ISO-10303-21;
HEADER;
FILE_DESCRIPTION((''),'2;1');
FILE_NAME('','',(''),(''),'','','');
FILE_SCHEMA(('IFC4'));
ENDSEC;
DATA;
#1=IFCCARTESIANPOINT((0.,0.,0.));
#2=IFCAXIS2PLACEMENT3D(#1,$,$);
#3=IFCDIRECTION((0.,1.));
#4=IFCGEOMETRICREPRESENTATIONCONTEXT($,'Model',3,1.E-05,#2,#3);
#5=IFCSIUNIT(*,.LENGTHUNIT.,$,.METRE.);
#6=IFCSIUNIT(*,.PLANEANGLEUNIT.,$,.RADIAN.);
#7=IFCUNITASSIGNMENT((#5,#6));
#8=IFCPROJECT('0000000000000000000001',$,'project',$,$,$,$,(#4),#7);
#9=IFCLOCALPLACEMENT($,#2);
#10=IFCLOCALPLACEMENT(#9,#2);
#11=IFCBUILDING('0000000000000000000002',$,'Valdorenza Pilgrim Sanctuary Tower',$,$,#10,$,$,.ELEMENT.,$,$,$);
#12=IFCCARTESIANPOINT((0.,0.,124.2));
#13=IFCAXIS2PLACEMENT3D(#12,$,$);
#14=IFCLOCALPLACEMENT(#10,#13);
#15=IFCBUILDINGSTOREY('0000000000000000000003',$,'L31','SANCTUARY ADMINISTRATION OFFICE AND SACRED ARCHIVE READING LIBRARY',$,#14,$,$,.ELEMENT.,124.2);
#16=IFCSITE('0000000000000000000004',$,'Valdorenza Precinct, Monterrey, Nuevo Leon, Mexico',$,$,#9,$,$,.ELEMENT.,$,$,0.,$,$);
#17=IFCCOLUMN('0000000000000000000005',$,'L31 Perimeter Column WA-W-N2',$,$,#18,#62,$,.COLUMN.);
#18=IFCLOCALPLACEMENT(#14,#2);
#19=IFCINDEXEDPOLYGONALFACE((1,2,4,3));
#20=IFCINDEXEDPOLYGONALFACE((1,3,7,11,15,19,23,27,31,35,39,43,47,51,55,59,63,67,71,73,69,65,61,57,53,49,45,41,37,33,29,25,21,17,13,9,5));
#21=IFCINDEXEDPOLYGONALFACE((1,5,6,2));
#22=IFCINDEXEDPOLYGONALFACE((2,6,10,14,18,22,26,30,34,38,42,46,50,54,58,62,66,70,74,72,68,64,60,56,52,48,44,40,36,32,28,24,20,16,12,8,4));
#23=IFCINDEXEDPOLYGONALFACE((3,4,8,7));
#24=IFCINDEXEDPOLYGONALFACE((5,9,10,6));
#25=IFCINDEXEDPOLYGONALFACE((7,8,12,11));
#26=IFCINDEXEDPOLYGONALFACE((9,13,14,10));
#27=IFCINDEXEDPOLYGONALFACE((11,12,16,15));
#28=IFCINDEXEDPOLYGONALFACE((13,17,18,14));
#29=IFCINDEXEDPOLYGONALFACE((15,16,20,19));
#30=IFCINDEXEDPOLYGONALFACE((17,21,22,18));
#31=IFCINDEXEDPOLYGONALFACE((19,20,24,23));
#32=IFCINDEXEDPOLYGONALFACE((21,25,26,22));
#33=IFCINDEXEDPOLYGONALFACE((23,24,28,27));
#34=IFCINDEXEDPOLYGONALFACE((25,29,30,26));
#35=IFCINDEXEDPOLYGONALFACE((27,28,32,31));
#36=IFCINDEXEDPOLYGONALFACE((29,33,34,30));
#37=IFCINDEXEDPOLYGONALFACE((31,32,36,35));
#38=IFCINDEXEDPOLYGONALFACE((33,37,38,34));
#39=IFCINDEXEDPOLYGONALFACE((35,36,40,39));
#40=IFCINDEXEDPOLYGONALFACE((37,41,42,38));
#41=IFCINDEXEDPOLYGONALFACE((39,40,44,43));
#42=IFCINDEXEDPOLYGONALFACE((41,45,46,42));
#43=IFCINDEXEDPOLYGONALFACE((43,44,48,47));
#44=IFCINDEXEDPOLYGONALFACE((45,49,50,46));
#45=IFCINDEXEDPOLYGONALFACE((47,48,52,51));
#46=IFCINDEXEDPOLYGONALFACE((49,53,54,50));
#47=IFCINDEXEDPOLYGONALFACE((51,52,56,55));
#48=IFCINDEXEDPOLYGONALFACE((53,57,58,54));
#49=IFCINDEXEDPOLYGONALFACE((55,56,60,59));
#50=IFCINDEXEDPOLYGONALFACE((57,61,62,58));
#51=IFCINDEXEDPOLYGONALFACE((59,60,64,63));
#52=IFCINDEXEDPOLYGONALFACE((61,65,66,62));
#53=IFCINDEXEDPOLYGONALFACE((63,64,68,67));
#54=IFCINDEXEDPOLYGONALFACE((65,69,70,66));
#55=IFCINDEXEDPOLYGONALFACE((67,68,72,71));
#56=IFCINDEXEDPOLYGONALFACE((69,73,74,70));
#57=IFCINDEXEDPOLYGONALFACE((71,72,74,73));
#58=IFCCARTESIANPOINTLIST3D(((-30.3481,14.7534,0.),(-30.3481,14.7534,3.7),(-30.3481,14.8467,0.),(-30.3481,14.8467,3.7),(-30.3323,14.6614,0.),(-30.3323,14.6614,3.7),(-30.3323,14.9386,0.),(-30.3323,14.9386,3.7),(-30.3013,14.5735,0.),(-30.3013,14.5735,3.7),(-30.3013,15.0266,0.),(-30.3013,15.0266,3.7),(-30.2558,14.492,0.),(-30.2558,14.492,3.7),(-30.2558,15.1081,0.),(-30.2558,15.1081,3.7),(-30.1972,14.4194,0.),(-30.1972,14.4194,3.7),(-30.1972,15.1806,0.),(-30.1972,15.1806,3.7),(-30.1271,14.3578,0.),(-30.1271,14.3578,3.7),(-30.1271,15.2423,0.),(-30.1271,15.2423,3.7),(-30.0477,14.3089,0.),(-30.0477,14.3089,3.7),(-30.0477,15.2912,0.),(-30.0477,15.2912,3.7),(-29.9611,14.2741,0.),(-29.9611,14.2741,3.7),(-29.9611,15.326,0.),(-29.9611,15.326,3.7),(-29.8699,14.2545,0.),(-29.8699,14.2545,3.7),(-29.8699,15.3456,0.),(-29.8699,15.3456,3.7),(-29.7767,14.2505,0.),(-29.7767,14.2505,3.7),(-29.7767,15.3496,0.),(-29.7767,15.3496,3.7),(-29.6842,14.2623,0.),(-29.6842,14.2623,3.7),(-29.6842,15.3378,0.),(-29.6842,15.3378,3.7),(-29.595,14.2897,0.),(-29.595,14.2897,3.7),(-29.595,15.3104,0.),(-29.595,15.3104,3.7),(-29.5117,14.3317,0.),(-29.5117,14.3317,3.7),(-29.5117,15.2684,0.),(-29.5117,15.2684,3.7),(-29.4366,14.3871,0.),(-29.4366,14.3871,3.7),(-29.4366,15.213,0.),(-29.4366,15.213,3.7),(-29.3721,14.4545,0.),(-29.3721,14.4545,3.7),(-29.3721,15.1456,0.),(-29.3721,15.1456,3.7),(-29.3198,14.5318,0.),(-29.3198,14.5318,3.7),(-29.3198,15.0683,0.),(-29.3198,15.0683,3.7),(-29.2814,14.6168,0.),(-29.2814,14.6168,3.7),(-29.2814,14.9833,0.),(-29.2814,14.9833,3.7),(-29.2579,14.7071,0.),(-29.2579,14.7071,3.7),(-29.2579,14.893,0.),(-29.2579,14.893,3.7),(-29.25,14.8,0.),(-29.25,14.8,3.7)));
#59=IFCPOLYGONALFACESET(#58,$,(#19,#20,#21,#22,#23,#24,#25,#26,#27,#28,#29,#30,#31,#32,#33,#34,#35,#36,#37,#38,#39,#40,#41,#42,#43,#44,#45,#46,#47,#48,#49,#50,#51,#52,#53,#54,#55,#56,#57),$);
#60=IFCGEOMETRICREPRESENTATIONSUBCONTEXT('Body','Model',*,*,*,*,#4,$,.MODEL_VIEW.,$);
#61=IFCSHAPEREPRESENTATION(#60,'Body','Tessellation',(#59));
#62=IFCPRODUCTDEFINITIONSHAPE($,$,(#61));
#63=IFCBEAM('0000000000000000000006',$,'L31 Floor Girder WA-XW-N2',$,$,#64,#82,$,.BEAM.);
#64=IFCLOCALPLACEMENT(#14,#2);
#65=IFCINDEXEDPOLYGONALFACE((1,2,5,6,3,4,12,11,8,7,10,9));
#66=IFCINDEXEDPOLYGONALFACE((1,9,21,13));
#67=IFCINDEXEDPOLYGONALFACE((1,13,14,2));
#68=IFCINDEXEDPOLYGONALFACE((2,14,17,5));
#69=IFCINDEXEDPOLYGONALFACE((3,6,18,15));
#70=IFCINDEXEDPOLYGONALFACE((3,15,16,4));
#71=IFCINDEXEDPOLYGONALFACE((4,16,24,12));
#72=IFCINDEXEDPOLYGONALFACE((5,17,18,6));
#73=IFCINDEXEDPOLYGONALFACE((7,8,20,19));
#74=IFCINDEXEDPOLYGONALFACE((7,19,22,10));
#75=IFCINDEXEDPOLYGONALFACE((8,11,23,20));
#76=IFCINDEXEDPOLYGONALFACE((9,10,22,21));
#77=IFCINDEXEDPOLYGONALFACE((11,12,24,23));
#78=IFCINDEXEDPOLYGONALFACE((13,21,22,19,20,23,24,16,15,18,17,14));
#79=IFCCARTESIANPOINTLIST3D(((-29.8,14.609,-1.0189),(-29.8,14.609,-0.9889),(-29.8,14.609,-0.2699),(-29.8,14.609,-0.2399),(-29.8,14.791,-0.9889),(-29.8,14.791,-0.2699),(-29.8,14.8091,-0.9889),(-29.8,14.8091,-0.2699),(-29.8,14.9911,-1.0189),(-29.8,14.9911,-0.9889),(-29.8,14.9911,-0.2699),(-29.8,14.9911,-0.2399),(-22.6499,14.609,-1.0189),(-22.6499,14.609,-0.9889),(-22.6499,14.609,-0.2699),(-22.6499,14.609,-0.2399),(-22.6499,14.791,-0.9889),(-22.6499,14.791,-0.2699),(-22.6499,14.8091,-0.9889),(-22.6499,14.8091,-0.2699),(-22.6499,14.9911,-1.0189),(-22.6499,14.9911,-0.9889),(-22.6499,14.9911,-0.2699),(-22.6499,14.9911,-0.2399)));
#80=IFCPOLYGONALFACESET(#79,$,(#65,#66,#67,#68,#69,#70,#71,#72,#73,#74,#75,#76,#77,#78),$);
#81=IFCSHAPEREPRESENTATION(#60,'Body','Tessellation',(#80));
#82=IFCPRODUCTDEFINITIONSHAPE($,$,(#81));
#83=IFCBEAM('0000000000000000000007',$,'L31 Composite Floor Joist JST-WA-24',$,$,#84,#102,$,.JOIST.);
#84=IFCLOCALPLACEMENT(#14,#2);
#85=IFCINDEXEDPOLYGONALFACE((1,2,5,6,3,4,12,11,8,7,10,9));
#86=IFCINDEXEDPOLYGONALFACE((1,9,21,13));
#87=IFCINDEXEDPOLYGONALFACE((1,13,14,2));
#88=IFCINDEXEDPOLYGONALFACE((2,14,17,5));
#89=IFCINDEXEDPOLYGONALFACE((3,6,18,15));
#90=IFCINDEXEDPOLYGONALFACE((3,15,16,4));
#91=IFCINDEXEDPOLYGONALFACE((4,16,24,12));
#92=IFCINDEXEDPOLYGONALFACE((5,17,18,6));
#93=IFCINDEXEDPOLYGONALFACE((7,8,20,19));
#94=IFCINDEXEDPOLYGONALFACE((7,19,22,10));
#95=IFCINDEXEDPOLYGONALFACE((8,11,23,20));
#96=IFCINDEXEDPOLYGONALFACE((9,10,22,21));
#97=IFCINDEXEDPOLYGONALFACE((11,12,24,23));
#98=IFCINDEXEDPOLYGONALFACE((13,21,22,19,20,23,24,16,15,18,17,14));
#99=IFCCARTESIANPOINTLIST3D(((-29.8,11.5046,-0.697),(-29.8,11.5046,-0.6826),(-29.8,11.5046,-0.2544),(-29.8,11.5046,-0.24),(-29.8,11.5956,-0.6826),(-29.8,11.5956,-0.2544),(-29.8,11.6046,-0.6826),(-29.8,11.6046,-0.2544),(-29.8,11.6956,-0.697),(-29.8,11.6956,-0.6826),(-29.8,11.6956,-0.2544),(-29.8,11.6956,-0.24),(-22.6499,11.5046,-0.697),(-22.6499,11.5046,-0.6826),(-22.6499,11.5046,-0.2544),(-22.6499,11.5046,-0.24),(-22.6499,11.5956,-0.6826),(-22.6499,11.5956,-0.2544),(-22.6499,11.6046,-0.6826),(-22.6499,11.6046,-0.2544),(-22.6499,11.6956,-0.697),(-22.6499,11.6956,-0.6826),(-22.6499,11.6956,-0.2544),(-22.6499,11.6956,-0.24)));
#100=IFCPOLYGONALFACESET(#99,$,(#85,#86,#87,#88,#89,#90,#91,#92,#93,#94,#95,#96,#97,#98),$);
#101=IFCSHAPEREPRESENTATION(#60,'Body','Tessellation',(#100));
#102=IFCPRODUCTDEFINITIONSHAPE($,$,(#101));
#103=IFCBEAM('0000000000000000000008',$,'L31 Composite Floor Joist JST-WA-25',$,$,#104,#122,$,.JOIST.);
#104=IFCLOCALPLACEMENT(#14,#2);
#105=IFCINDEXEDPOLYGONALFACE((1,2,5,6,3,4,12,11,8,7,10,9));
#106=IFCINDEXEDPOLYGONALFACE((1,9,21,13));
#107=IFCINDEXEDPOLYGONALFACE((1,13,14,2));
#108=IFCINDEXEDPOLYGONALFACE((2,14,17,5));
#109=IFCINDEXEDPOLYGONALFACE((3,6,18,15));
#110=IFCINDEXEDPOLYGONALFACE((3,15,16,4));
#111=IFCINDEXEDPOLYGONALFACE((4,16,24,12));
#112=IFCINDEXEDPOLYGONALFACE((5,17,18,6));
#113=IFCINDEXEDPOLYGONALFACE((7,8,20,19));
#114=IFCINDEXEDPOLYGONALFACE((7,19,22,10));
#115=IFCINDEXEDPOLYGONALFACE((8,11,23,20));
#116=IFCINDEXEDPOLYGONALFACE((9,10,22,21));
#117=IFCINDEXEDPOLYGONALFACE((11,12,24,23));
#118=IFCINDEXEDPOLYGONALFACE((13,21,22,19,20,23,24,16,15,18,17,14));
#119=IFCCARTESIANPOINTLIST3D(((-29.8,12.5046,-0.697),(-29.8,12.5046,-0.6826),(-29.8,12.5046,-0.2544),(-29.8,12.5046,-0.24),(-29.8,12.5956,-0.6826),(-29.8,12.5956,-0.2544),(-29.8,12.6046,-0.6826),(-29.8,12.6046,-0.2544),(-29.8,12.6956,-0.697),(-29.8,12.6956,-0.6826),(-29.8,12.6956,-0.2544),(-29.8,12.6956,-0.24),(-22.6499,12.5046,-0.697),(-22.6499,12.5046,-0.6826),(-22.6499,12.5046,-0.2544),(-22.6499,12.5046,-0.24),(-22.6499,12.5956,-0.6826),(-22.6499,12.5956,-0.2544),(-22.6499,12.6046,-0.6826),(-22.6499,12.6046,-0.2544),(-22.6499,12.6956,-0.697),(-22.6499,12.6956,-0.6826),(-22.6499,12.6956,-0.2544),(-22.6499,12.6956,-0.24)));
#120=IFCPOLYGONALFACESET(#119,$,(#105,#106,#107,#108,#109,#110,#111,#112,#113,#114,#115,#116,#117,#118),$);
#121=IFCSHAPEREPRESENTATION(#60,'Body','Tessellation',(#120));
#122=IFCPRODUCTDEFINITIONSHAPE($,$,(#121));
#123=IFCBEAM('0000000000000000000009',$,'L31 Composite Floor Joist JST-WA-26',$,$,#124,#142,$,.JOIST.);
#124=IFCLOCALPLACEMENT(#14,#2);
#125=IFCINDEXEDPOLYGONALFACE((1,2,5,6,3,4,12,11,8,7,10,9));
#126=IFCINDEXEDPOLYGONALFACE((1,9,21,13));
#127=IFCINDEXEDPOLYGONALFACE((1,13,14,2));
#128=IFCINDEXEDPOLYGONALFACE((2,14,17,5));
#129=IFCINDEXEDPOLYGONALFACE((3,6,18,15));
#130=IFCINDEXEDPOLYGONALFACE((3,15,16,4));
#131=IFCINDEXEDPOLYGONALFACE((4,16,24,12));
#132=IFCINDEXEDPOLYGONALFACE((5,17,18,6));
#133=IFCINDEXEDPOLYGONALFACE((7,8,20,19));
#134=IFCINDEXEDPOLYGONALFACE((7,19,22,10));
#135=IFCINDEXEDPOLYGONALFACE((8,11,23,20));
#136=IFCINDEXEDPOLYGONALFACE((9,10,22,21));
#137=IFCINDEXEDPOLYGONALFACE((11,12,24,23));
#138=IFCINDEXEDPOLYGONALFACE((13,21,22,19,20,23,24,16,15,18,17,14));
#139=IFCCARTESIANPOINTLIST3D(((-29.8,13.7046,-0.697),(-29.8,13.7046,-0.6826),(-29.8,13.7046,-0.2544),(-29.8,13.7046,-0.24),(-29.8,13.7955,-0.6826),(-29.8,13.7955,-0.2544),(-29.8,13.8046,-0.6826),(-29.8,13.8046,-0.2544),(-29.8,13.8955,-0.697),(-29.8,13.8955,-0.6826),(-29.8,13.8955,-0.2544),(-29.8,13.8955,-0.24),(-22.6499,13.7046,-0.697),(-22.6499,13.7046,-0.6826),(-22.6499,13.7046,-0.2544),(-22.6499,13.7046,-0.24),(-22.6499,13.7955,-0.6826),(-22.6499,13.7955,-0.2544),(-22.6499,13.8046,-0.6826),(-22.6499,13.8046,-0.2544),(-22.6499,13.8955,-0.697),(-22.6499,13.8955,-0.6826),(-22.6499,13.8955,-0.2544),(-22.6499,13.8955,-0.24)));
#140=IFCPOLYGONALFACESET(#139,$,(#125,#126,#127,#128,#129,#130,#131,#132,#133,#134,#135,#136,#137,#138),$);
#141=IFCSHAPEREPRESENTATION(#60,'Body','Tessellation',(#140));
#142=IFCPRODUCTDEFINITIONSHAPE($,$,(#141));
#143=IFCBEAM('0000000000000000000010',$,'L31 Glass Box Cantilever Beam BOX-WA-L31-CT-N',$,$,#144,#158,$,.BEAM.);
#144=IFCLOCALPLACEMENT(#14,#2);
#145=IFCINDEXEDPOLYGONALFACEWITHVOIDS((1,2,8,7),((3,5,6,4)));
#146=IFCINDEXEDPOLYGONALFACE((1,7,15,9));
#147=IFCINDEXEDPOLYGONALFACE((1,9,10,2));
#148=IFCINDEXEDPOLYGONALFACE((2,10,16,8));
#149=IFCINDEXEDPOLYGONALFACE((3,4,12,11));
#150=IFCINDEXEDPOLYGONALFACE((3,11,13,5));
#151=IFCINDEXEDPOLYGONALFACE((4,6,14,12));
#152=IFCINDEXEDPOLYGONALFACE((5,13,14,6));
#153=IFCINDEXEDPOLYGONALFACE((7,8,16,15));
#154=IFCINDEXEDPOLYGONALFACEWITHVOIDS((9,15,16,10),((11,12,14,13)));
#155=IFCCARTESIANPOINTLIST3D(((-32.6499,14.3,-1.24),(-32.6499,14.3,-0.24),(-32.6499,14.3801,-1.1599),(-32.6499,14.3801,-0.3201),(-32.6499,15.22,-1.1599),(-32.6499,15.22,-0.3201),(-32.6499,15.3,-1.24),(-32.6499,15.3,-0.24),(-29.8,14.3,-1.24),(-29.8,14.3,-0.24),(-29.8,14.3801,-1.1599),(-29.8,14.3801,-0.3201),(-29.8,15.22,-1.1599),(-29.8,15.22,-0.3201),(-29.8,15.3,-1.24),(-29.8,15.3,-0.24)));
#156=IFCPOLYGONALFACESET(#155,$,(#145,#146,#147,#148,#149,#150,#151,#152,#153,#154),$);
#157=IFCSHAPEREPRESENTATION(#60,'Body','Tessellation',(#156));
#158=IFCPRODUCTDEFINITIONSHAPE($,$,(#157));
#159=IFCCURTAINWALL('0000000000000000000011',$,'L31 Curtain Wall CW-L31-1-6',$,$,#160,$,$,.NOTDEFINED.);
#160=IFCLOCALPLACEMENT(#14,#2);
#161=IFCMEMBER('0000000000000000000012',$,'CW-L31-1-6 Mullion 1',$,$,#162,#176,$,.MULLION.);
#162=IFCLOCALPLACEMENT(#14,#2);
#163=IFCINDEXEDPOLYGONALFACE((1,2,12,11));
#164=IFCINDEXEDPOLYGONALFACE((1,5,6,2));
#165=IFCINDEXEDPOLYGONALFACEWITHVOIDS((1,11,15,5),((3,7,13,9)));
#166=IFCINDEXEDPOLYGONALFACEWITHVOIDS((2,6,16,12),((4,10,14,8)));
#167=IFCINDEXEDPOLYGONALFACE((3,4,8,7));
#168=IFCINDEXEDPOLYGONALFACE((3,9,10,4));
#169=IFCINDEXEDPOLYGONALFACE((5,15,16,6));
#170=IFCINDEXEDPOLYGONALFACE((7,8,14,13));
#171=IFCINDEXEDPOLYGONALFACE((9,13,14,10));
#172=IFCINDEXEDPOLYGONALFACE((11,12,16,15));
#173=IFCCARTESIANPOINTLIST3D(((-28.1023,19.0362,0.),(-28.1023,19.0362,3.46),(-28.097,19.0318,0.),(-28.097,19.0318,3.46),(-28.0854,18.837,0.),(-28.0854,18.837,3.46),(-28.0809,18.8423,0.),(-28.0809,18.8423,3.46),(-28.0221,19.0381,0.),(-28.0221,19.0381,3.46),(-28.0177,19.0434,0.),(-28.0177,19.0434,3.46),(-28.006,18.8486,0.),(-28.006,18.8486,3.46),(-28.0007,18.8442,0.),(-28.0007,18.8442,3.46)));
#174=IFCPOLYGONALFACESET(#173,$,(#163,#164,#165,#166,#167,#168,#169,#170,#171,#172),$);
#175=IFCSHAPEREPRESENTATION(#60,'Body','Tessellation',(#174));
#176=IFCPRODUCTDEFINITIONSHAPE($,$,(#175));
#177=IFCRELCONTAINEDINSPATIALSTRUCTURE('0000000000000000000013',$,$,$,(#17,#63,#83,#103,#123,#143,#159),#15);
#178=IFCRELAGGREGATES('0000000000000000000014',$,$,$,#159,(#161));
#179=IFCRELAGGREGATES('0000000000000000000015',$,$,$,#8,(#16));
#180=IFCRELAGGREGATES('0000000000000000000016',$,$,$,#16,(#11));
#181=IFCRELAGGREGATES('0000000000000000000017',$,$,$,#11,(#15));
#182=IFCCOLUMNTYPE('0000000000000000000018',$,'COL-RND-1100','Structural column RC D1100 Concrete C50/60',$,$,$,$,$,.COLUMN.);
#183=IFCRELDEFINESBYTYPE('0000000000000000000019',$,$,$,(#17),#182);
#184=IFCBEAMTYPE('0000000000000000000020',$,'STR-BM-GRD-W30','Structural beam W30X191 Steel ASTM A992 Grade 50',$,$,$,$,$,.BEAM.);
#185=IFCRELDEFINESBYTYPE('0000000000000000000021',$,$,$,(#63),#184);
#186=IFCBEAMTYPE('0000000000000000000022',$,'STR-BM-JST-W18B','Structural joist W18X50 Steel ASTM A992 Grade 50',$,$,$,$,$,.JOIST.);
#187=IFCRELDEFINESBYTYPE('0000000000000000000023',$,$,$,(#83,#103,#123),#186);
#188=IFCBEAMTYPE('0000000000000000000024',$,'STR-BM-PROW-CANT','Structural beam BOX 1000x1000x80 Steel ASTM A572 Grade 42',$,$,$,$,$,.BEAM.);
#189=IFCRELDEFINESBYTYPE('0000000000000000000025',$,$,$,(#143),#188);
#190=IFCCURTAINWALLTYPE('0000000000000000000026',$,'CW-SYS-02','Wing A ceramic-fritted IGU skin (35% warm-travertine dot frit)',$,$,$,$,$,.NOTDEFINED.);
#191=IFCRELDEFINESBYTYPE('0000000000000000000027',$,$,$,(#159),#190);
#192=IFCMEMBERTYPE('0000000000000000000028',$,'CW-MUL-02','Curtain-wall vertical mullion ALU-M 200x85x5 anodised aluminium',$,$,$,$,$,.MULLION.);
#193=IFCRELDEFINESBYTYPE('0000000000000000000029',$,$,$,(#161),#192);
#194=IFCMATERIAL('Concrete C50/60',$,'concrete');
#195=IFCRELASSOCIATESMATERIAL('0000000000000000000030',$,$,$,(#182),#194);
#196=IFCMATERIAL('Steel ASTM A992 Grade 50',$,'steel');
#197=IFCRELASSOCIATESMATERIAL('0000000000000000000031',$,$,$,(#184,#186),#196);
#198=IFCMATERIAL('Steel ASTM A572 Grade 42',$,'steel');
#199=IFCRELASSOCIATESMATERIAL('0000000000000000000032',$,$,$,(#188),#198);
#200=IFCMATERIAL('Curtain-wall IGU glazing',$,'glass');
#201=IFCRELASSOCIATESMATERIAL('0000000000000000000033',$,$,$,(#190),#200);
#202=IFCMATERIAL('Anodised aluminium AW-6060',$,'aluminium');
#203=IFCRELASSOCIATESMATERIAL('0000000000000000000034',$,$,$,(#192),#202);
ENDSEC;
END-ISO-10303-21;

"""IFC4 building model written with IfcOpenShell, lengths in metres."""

from ifc_helpers import new_model, si_unit, direction, frame, origin, origin_2d, place, context, subcontext, project, spatial, hollow_rectangle, circle, i_section, extrude, source, transform, mapped, material, material_profile, profile_set, type_object, element, aggregate, save


model = new_model("IFC4")

# Units and contexts
model_context = context("Model", 3, precision=1e-05, world=origin(), true_north=direction((0.0, 1.0)))
body_context = subcontext(model_context, "Body", "Model", "MODEL_VIEW")
ifc_project = project(units=[si_unit("LENGTHUNIT", "METRE"), si_unit("PLANEANGLEUNIT", "RADIAN")], contexts=[model_context])

# Site, building, storey
site_placement = place(None, origin())
site = spatial("IfcSite", under=ifc_project, at=site_placement, Name="Valdorenza Precinct, Monterrey, Nuevo Leon, Mexico", CompositionType="ELEMENT", RefElevation=0.0)
building_placement = place(site_placement, origin())
building = spatial("IfcBuilding", under=site, at=building_placement, Name="Valdorenza Pilgrim Sanctuary Tower", CompositionType="ELEMENT")
storey_placement = place(building_placement, frame((0.0, 0.0, 124.2)))
storey = spatial("IfcBuildingStorey", under=building, at=storey_placement, Name="L31", Description="SANCTUARY ADMINISTRATION OFFICE AND SACRED ARCHIVE READING LIBRARY", CompositionType="ELEMENT", Elevation=124.2)

# Column
ifc_material_1 = material(Name="Concrete C50/60", Category="concrete")
ifc_material_profile_1 = material_profile(ifc_material_1, circle(Radius=0.55, at=origin_2d()), Name="RC D1100")
ifc_profile_set_1 = profile_set([ifc_material_profile_1], Name="Concrete C50/60")
column_type = type_object("IfcColumnType", Name="COL-RND-1100", Description="Structural column RC D1100 Concrete C50/60", PredefinedType="COLUMN", material=ifc_profile_set_1)
shared_shape_1 = source(origin(), body_context, "Body", "SweptSolid", [
    extrude(circle(Radius=0.55, at=origin_2d()), origin(), (0.0, 0.0, 1.0), 3.7),
])
column_placement = place(storey_placement, frame((-29.8, 14.8, 0.0), z_axis=(0.0, 0.0, 1.0), x_axis=(1.0, 0.0, 0.0)))
element("IfcColumn", 1, at=column_placement, inside=storey, type_object=column_type, Name="L31 Perimeter Column WA-W-N2", PredefinedType="COLUMN", context=body_context, shape_type="MappedRepresentation", body=[
    mapped(shared_shape_1, transform((0.0, 0.0, 0.0), x_axis=(1.0, 0.0, 0.0), y_axis=(0.0, 1.0, 0.0), z_axis=(0.0, 0.0, 1.0), scale=1.0)),
])

# Beams
ifc_material_2 = material(Name="Steel ASTM A992 Grade 50", Category="steel")
ifc_material_profile_2 = material_profile(ifc_material_2, i_section(OverallWidth=0.3821, OverallDepth=0.7791, WebThickness=0.0181, FlangeThickness=0.03, at=origin_2d()), Name="W30X191")
ifc_profile_set_2 = profile_set([ifc_material_profile_2], Name="Steel ASTM A992 Grade 50")
beam_type_1 = type_object("IfcBeamType", Name="STR-BM-GRD-W30", Description="Structural beam W30X191 Steel ASTM A992 Grade 50", PredefinedType="BEAM", material=ifc_profile_set_2)
shared_shape_2 = source(origin(), body_context, "Body", "SweptSolid", [
    extrude(i_section(OverallWidth=0.3821, OverallDepth=0.7791, WebThickness=0.0181, FlangeThickness=0.03, at=origin_2d()), origin(), (0.0, 0.0, 1.0), 7.1501),
])
beam_1_placement = place(storey_placement, frame((-29.8, 14.8, -0.6294), z_axis=(1.0, 0.0, 0.0), x_axis=(0.0, 1.0, 0.0)))
element("IfcBeam", 2, at=beam_1_placement, inside=storey, type_object=beam_type_1, Name="L31 Floor Girder WA-XW-N2", PredefinedType="BEAM", context=body_context, shape_type="MappedRepresentation", body=[
    mapped(shared_shape_2, transform((0.0, 0.0, 0.0), x_axis=(1.0, 0.0, 0.0), y_axis=(0.0, 1.0, 0.0), z_axis=(0.0, 0.0, 1.0), scale=1.0)),
])
ifc_material_profile_3 = material_profile(ifc_material_2, i_section(OverallWidth=0.1909, OverallDepth=0.457, WebThickness=0.009, FlangeThickness=0.0144, at=origin_2d()), Name="W18X50")
ifc_profile_set_3 = profile_set([ifc_material_profile_3], Name="Steel ASTM A992 Grade 50")
beam_type_2 = type_object("IfcBeamType", Name="STR-BM-JST-W18B", Description="Structural joist W18X50 Steel ASTM A992 Grade 50", PredefinedType="JOIST", material=ifc_profile_set_3)
shared_shape_3 = source(origin(), body_context, "Body", "SweptSolid", [
    extrude(i_section(OverallWidth=0.1909, OverallDepth=0.457, WebThickness=0.009, FlangeThickness=0.0144, at=origin_2d()), origin(), (0.0, 0.0, 1.0), 7.1501),
])
for number, where, z_axis, x_axis, name in (
    (3, (-29.8, 11.6001, -0.4685), (1.0, 0.0, 0.0), (0.0, 1.0, 0.0), "L31 Composite Floor Joist JST-WA-24"),
    (4, (-29.8, 12.6001, -0.4685), (1.0, 0.0, 0.0), (0.0, 1.0, 0.0), "L31 Composite Floor Joist JST-WA-25"),
    (5, (-29.8, 13.8, -0.4685), (1.0, 0.0, 0.0), (0.0, 1.0, 0.0), "L31 Composite Floor Joist JST-WA-26"),
):
    element("IfcBeam", number, at=place(storey_placement, frame(where, z_axis=z_axis, x_axis=x_axis)), inside=storey, type_object=beam_type_2, Name=name, PredefinedType="JOIST", context=body_context, shape_type="MappedRepresentation", body=[
        mapped(shared_shape_3, transform((0.0, 0.0, 0.0), x_axis=(1.0, 0.0, 0.0), y_axis=(0.0, 1.0, 0.0), z_axis=(0.0, 0.0, 1.0), scale=1.0)),
    ])
ifc_material_3 = material(Name="Steel ASTM A572 Grade 42", Category="steel")
ifc_material_profile_4 = material_profile(ifc_material_3, hollow_rectangle(XDim=1.0, YDim=1.0, WallThickness=0.0801, at=origin_2d()), Name="BOX 1000x1000x80")
ifc_profile_set_4 = profile_set([ifc_material_profile_4], Name="Steel ASTM A572 Grade 42")
beam_type_3 = type_object("IfcBeamType", Name="STR-BM-PROW-CANT", Description="Structural beam BOX 1000x1000x80 Steel ASTM A572 Grade 42", PredefinedType="BEAM", material=ifc_profile_set_4)
shared_shape_4 = source(origin(), body_context, "Body", "SweptSolid", [
    extrude(hollow_rectangle(XDim=1.0, YDim=1.0, WallThickness=0.0801, at=origin_2d()), origin(), (0.0, 0.0, 1.0), 2.8499),
])
beam_2_placement = place(storey_placement, frame((-29.8, 14.8, -0.74), z_axis=(-1.0, 0.0, 0.0), x_axis=(0.0, -1.0, 0.0)))
element("IfcBeam", 6, at=beam_2_placement, inside=storey, type_object=beam_type_3, Name="L31 Glass Box Cantilever Beam BOX-WA-L31-CT-N", PredefinedType="BEAM", context=body_context, shape_type="MappedRepresentation", body=[
    mapped(shared_shape_4, transform((0.0, 0.0, 0.0), x_axis=(1.0, 0.0, 0.0), y_axis=(0.0, 1.0, 0.0), z_axis=(0.0, 0.0, 1.0), scale=1.0)),
])

# Curtain wall, member
ifc_material_4 = material(Name="Curtain-wall IGU glazing", Category="glass")
curtain_wall_type = type_object("IfcCurtainWallType", Name="CW-SYS-02", Description="Wing A ceramic-fritted IGU skin (35% warm-travertine dot frit)", PredefinedType="NOTDEFINED", material=ifc_material_4)
curtain_wall_1_placement = place(storey_placement, origin())
curtain_wall_1 = element("IfcCurtainWall", 7, at=curtain_wall_1_placement, inside=storey, type_object=curtain_wall_type, Name="L31 Curtain Wall CW-L31-1-6", PredefinedType="NOTDEFINED")
ifc_material_5 = material(Name="Anodised aluminium AW-6060", Category="aluminium")
ifc_material_profile_5 = material_profile(ifc_material_5, hollow_rectangle(XDim=0.085, YDim=0.2, WallThickness=0.0049, at=origin_2d()), Name="ALU-M 200x85x5")
ifc_profile_set_5 = profile_set([ifc_material_profile_5], Name="Anodised aluminium AW-6060")
member_type_1 = type_object("IfcMemberType", Name="CW-MUL-02", Description="Curtain-wall vertical mullion ALU-M 200x85x5 anodised aluminium", PredefinedType="MULLION", material=ifc_profile_set_5)
shared_shape_5 = source(origin(), body_context, "Body", "SweptSolid", [
    extrude(hollow_rectangle(XDim=0.085, YDim=0.2, WallThickness=0.0049, at=origin_2d()), origin(), (0.0, 0.0, 1.0), 3.46),
])
member_1_placement = place(storey_placement, frame((-28.0515, 18.9402, 0.0), z_axis=(0.0, 0.0, 1.0), x_axis=(0.996408, 0.084687, 0.0)))
member_1 = element("IfcMember", 8, at=member_1_placement, type_object=member_type_1, Name="CW-L31-1-6 Mullion 1", PredefinedType="MULLION", context=body_context, shape_type="MappedRepresentation", body=[
    mapped(shared_shape_5, transform((0.0, 0.0, 0.0), x_axis=(1.0, 0.0, 0.0), y_axis=(0.0, 1.0, 0.0), z_axis=(0.0, 0.0, 1.0), scale=1.0)),
])

aggregate(curtain_wall_1, [member_1])

save(model, "model.ifc")
